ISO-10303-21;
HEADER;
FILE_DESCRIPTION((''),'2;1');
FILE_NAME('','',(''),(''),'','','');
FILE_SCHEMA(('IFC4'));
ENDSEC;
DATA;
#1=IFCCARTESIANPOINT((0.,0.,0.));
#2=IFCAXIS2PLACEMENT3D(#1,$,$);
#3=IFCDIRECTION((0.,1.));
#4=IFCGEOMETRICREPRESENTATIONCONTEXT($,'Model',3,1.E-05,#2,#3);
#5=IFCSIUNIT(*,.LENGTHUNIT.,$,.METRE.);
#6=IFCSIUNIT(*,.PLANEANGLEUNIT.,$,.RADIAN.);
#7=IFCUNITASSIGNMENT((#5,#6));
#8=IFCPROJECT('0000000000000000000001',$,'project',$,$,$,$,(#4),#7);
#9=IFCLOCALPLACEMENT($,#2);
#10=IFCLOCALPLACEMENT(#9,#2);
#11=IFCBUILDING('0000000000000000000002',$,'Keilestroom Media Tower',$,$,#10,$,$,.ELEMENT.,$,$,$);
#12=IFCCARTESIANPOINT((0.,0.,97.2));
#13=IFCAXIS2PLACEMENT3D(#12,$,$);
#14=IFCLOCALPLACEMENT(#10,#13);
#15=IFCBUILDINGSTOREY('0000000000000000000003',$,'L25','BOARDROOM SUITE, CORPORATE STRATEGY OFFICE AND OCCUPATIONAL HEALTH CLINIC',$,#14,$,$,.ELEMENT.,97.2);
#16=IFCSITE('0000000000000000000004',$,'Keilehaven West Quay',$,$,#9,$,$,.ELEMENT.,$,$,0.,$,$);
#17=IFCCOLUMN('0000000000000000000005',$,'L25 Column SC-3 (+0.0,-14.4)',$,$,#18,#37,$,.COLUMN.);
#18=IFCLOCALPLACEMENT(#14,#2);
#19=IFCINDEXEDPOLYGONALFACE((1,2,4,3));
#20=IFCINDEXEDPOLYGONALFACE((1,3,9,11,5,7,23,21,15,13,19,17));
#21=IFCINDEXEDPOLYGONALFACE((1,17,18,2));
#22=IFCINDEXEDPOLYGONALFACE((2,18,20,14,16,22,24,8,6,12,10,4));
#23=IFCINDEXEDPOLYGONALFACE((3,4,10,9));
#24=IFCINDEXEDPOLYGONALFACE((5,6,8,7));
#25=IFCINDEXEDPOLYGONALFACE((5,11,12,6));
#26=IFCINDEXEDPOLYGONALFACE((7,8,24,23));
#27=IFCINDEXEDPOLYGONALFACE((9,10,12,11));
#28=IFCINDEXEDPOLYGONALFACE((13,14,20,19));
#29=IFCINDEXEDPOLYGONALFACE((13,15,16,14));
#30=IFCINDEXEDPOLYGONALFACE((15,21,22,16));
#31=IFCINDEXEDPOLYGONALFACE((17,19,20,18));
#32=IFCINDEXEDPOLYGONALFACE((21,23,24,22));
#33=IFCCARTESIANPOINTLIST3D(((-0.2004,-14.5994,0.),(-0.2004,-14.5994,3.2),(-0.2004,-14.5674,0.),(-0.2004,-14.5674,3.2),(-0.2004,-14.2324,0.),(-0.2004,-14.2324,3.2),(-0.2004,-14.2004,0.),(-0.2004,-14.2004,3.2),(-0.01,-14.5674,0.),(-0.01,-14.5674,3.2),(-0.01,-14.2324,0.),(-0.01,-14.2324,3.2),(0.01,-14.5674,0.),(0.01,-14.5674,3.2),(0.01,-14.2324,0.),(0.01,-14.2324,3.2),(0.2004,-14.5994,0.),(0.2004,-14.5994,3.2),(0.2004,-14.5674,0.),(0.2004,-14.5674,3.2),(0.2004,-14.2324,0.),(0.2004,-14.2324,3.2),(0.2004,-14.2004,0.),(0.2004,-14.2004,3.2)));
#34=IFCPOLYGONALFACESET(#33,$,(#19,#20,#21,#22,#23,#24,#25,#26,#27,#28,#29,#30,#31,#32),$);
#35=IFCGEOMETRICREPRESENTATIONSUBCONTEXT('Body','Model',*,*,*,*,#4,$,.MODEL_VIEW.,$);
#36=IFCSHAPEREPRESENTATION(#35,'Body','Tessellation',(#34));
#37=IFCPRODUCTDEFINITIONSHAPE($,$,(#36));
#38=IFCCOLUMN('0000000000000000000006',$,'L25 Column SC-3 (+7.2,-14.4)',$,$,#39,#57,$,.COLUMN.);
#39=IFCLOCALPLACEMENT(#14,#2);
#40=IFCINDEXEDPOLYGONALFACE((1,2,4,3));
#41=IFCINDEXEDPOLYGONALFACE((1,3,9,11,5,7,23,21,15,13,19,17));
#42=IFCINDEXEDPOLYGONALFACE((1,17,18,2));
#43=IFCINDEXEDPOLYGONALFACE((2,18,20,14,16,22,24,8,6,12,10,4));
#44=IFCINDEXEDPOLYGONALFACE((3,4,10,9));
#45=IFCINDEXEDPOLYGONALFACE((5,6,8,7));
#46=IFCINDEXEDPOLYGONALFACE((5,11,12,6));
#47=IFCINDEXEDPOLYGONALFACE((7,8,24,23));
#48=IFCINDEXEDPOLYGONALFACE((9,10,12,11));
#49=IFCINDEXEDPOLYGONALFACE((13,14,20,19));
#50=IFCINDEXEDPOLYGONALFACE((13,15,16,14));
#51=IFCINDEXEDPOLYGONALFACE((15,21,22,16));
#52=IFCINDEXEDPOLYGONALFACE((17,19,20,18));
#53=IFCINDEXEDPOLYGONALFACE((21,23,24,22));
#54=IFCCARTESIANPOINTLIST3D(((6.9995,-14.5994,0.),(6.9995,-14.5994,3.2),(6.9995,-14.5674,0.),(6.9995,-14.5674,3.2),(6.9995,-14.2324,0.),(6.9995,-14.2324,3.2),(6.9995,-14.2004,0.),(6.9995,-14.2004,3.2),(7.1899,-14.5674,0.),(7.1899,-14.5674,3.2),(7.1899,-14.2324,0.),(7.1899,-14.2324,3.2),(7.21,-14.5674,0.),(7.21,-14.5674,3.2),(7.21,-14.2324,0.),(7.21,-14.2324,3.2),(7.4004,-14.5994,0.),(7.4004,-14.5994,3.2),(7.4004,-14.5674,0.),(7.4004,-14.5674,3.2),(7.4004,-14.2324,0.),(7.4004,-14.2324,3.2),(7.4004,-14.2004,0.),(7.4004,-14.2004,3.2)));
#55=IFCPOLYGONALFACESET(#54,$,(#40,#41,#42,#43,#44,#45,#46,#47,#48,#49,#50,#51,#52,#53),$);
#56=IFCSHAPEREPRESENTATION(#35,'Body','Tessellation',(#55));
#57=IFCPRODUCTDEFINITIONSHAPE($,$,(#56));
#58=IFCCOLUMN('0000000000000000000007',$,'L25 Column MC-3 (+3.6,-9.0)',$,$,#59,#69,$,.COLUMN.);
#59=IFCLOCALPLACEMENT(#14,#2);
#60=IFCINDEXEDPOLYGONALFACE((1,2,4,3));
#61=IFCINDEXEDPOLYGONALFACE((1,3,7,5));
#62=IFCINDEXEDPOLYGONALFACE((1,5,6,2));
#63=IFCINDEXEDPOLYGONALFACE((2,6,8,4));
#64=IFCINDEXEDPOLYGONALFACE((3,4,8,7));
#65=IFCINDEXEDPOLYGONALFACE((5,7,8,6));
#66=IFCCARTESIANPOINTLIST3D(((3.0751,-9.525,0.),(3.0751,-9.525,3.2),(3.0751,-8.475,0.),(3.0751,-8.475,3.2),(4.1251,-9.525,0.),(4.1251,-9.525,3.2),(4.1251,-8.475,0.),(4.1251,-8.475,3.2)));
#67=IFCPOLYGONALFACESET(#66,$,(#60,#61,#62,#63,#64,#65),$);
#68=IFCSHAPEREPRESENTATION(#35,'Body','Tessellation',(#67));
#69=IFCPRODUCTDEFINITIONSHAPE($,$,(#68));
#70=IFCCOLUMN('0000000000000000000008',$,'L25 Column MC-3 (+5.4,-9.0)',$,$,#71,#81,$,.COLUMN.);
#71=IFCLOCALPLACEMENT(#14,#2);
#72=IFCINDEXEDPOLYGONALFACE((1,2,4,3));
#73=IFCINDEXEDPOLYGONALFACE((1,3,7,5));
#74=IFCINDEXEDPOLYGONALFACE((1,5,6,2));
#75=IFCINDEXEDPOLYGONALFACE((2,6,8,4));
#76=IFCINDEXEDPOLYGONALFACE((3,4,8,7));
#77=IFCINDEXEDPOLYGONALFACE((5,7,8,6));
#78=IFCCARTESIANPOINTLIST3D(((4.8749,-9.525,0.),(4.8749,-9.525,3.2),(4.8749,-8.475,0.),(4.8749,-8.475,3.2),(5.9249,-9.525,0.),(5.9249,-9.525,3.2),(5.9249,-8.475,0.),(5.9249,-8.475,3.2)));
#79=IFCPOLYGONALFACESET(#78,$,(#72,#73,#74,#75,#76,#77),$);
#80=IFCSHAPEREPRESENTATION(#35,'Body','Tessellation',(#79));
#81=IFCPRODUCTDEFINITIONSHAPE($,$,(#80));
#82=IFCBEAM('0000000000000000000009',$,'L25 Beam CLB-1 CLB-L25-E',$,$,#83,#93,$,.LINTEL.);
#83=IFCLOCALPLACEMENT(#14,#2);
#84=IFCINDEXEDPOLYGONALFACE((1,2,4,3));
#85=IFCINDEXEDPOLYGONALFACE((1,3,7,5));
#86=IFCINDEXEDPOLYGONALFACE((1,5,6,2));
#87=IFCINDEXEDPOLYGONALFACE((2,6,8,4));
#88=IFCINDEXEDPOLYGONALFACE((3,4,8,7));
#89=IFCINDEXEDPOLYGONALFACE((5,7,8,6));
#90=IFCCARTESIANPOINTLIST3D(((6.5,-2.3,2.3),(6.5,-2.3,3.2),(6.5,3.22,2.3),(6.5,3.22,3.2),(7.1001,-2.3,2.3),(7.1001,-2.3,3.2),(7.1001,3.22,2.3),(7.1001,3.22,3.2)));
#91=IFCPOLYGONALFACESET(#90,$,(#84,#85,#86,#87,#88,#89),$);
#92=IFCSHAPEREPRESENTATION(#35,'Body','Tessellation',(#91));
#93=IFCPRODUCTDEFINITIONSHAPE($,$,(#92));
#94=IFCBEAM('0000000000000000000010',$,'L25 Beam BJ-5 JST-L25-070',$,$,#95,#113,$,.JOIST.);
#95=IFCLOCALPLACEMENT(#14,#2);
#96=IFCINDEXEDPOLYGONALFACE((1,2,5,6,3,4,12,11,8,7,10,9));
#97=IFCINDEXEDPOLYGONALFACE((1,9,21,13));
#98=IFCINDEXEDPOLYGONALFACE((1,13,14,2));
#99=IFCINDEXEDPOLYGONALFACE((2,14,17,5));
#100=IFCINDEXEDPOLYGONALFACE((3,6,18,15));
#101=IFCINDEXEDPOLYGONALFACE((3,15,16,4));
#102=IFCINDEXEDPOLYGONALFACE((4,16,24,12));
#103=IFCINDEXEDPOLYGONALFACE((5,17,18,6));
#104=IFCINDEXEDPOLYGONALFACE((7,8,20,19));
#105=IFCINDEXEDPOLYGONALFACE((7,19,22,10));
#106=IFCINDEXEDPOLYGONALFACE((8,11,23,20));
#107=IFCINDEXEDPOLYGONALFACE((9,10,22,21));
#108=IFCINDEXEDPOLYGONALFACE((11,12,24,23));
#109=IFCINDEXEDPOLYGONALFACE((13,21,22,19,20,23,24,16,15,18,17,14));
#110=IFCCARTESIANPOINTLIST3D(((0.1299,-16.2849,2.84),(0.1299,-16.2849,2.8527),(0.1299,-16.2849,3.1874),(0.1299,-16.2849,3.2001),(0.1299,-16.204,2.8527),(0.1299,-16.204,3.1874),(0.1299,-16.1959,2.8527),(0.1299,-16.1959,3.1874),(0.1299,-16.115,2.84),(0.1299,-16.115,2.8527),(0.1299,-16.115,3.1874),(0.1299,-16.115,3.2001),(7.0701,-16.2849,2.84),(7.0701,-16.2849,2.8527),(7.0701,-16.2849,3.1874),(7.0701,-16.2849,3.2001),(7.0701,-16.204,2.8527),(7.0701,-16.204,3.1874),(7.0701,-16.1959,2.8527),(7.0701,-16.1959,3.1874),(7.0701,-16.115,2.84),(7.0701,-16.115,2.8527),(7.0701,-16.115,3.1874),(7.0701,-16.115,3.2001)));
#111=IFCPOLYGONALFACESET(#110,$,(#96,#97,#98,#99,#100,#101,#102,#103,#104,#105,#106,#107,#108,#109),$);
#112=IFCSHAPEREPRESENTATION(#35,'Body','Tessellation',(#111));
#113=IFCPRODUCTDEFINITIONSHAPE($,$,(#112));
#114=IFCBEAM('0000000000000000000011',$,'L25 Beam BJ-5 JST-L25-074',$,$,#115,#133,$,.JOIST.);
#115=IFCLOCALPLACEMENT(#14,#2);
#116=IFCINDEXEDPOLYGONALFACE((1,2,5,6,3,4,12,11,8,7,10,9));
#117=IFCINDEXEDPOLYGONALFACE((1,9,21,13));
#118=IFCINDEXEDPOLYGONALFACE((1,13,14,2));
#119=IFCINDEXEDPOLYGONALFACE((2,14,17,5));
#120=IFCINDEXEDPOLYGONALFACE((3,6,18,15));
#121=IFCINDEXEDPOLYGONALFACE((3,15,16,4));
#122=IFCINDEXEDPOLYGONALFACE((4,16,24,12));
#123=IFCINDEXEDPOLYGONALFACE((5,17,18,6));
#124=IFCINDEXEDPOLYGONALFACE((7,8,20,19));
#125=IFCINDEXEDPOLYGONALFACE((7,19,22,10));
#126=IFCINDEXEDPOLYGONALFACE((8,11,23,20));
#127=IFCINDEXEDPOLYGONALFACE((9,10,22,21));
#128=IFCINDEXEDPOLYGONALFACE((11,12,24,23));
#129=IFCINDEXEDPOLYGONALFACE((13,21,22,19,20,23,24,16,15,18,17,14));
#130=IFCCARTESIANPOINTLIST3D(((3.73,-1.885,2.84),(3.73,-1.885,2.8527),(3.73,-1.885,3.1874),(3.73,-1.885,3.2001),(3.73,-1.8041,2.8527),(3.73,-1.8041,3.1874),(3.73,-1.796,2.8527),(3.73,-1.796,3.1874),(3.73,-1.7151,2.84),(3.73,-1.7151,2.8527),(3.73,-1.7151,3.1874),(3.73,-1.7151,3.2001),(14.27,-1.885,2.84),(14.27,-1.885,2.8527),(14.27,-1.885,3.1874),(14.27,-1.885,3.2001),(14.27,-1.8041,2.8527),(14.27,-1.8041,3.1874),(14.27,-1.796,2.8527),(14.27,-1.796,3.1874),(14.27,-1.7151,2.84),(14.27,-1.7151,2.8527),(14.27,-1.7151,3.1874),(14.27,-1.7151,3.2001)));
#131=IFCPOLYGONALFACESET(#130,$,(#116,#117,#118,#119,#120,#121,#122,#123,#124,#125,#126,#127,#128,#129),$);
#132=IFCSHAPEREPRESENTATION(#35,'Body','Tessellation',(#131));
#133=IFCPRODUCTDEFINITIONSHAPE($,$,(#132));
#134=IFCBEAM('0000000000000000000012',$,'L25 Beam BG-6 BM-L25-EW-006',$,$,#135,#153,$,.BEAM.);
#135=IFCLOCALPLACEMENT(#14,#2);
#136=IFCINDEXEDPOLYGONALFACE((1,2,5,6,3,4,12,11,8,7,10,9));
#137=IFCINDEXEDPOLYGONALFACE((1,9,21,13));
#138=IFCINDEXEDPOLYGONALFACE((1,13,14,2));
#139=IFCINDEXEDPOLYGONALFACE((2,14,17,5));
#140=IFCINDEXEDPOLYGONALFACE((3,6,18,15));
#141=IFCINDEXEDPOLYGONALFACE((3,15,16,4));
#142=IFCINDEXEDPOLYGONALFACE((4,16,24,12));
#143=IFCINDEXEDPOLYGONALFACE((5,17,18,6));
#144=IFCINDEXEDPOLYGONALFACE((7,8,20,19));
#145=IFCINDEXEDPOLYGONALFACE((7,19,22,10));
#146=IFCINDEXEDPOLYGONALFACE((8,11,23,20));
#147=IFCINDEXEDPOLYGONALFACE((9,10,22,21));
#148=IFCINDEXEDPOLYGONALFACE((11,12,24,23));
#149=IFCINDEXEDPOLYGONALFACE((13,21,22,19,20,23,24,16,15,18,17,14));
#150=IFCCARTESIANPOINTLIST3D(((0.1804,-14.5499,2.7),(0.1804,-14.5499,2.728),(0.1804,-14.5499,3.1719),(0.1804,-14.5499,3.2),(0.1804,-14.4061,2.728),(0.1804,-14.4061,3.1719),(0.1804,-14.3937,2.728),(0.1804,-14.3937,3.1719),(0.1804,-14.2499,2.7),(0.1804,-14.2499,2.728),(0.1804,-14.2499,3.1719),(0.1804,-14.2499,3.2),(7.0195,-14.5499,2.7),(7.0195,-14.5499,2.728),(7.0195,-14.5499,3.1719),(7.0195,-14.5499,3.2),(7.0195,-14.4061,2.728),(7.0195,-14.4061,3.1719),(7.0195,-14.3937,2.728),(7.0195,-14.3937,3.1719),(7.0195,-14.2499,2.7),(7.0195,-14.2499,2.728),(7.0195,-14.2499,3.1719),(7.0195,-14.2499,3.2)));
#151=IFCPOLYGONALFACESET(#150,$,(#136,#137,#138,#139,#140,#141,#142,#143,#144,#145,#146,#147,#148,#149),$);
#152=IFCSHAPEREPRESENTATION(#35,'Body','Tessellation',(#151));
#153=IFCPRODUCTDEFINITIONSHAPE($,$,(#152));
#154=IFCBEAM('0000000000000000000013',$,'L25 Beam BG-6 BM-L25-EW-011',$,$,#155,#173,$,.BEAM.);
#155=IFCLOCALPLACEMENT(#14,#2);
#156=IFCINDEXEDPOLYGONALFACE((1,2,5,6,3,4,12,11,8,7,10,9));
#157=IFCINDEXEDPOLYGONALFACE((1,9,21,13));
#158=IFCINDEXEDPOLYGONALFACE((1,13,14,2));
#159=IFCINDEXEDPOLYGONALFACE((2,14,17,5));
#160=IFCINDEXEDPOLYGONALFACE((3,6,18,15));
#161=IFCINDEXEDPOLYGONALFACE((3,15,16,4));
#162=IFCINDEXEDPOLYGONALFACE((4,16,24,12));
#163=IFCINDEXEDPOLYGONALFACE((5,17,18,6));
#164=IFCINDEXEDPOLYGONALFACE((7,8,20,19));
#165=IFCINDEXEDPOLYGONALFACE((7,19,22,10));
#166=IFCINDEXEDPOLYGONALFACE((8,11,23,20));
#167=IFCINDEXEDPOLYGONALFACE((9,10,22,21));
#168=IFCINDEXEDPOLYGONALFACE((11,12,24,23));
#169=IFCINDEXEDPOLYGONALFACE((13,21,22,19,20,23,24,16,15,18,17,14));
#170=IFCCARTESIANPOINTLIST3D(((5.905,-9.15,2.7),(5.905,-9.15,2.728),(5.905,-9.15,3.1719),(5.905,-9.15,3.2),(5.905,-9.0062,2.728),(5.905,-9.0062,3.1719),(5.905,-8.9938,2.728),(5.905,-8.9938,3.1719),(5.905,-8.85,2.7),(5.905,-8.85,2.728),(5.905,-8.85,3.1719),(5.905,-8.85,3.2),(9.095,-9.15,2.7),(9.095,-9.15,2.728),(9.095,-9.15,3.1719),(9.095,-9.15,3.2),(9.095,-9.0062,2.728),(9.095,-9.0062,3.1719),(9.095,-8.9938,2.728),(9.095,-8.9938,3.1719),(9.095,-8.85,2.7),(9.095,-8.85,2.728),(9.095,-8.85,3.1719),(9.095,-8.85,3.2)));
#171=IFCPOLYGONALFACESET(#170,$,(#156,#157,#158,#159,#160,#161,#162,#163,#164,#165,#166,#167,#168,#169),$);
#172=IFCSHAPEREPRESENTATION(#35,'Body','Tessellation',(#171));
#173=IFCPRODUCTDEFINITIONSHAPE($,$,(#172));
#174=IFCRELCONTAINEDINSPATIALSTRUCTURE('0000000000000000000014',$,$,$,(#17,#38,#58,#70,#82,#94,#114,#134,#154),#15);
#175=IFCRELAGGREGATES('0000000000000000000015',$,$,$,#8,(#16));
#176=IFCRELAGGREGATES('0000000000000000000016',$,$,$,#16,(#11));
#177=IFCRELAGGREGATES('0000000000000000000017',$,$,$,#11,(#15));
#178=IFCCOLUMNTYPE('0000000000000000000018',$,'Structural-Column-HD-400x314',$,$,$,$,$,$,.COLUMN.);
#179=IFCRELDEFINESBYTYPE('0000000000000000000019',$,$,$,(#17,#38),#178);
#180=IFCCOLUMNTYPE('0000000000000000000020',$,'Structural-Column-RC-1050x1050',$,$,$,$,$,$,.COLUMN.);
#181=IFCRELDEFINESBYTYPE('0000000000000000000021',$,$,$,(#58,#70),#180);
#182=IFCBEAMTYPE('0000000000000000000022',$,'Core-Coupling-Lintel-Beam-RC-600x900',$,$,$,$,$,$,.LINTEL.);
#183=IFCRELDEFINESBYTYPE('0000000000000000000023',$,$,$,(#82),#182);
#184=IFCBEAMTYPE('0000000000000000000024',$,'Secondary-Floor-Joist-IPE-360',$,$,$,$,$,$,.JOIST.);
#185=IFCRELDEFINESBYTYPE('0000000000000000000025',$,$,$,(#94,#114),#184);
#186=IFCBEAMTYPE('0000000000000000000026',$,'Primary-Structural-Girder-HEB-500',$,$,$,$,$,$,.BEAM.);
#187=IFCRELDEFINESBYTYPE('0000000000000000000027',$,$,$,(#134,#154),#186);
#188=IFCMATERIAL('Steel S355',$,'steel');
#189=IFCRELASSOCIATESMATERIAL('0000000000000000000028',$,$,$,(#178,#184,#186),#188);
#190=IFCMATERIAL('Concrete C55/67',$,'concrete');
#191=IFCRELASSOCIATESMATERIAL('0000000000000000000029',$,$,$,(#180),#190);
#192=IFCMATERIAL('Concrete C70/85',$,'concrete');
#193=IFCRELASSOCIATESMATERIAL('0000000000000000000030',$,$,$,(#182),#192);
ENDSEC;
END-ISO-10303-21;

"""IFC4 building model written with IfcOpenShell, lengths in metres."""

from ifc_helpers import new_model, si_unit, direction, frame, origin, origin_2d, place, context, subcontext, project, spatial, rectangle, i_section, extrude, source, transform, mapped, material, material_profile, profile_set, type_object, element, save


model = new_model("IFC4")

# Units and contexts
model_context = context("Model", 3, precision=1e-05, world=origin(), true_north=direction((0.0, 1.0)))
body_context = subcontext(model_context, "Body", "Model", "MODEL_VIEW")
ifc_project = project(units=[si_unit("LENGTHUNIT", "METRE"), si_unit("PLANEANGLEUNIT", "RADIAN")], contexts=[model_context])

# Site, building, storey
site_placement = place(None, origin())
site = spatial("IfcSite", under=ifc_project, at=site_placement, Name="Keilehaven West Quay", CompositionType="ELEMENT", RefElevation=0.0)
building_placement = place(site_placement, origin())
building = spatial("IfcBuilding", under=site, at=building_placement, Name="Keilestroom Media Tower", CompositionType="ELEMENT")
storey_placement = place(building_placement, frame((0.0, 0.0, 97.2)))
storey = spatial("IfcBuildingStorey", under=building, at=storey_placement, Name="L25", Description="BOARDROOM SUITE, CORPORATE STRATEGY OFFICE AND OCCUPATIONAL HEALTH CLINIC", CompositionType="ELEMENT", Elevation=97.2)

# Columns
ifc_material_1 = material(Name="Steel S355", Category="steel")
ifc_material_profile_1 = material_profile(ifc_material_1, i_section(OverallWidth=0.4009, OverallDepth=0.3989, WebThickness=0.02, FlangeThickness=0.032, at=origin_2d()), Name="HD 400x314")
ifc_profile_set_1 = profile_set([ifc_material_profile_1], Name="Steel S355")
column_type_1 = type_object("IfcColumnType", Name="Structural-Column-HD-400x314", PredefinedType="COLUMN", material=ifc_profile_set_1)
shared_shape_1 = source(origin(), body_context, "Body", "SweptSolid", [
    extrude(i_section(OverallWidth=0.4009, OverallDepth=0.3989, WebThickness=0.02, FlangeThickness=0.032, at=origin_2d()), origin(), (0.0, 0.0, 1.0), 3.2),
])
for number, where, z_axis, x_axis, name in (
    (1, (0.0, -14.3999, 0.0), (0.0, 0.0, 1.0), (1.0, 0.0, 0.0), "L25 Column SC-3 (+0.0,-14.4)"),
    (2, (7.2, -14.3999, 0.0), (0.0, 0.0, 1.0), (1.0, 0.0, 0.0), "L25 Column SC-3 (+7.2,-14.4)"),
):
    element("IfcColumn", number, at=place(storey_placement, frame(where, z_axis=z_axis, x_axis=x_axis)), inside=storey, type_object=column_type_1, Name=name, PredefinedType="COLUMN", context=body_context, shape_type="MappedRepresentation", body=[
        mapped(shared_shape_1, transform((0.0, 0.0, 0.0), x_axis=(1.0, 0.0, 0.0), y_axis=(0.0, 1.0, 0.0), z_axis=(0.0, 0.0, 1.0), scale=1.0)),
    ])
ifc_material_2 = material(Name="Concrete C55/67", Category="concrete")
ifc_material_profile_2 = material_profile(ifc_material_2, rectangle(XDim=1.05, YDim=1.05, at=origin_2d()), Name="RC 1050x1050")
ifc_profile_set_2 = profile_set([ifc_material_profile_2], Name="Concrete C55/67")
column_type_2 = type_object("IfcColumnType", Name="Structural-Column-RC-1050x1050", PredefinedType="COLUMN", material=ifc_profile_set_2)
shared_shape_2 = source(origin(), body_context, "Body", "SweptSolid", [
    extrude(rectangle(XDim=1.05, YDim=1.05, at=origin_2d()), origin(), (0.0, 0.0, 1.0), 3.2),
])
for number, where, z_axis, x_axis, name in (
    (3, (3.6001, -9.0, 0.0), (0.0, 0.0, 1.0), (1.0, 0.0, 0.0), "L25 Column MC-3 (+3.6,-9.0)"),
    (4, (5.3999, -9.0, 0.0), (0.0, 0.0, 1.0), (1.0, 0.0, 0.0), "L25 Column MC-3 (+5.4,-9.0)"),
):
    element("IfcColumn", number, at=place(storey_placement, frame(where, z_axis=z_axis, x_axis=x_axis)), inside=storey, type_object=column_type_2, Name=name, PredefinedType="COLUMN", context=body_context, shape_type="MappedRepresentation", body=[
        mapped(shared_shape_2, transform((0.0, 0.0, 0.0), x_axis=(1.0, 0.0, 0.0), y_axis=(0.0, 1.0, 0.0), z_axis=(0.0, 0.0, 1.0), scale=1.0)),
    ])

# Beams
ifc_material_3 = material(Name="Concrete C70/85", Category="concrete")
ifc_material_profile_3 = material_profile(ifc_material_3, rectangle(XDim=0.6001, YDim=0.8999, at=origin_2d()), Name="RC 600x900")
ifc_profile_set_3 = profile_set([ifc_material_profile_3], Name="Concrete C70/85")
beam_type_1 = type_object("IfcBeamType", Name="Core-Coupling-Lintel-Beam-RC-600x900", PredefinedType="LINTEL", material=ifc_profile_set_3)
shared_shape_3 = source(origin(), body_context, "Body", "SweptSolid", [
    extrude(rectangle(XDim=0.6001, YDim=0.8999, at=origin_2d()), origin(), (0.0, 0.0, 1.0), 5.52),
])
beam_1_placement = place(storey_placement, frame((6.8, -2.3, 2.75), z_axis=(0.0, 1.0, 0.0), x_axis=(-1.0, 0.0, 0.0)))
element("IfcBeam", 5, at=beam_1_placement, inside=storey, type_object=beam_type_1, Name="L25 Beam CLB-1 CLB-L25-E", PredefinedType="LINTEL", context=body_context, shape_type="MappedRepresentation", body=[
    mapped(shared_shape_3, transform((0.0, 0.0, 0.0), x_axis=(1.0, 0.0, 0.0), y_axis=(0.0, 1.0, 0.0), z_axis=(0.0, 0.0, 1.0), scale=1.0)),
])
ifc_material_profile_4 = material_profile(ifc_material_1, i_section(OverallWidth=0.1699, OverallDepth=0.3601, WebThickness=0.0081, FlangeThickness=0.0127, at=origin_2d()), Name="IPE 360")
ifc_profile_set_4 = profile_set([ifc_material_profile_4], Name="Steel S355")
beam_type_2 = type_object("IfcBeamType", Name="Secondary-Floor-Joist-IPE-360", PredefinedType="JOIST", material=ifc_profile_set_4)
shared_shape_4 = source(origin(), body_context, "Body", "SweptSolid", [
    extrude(i_section(OverallWidth=0.1699, OverallDepth=0.3601, WebThickness=0.0081, FlangeThickness=0.0127, at=origin_2d()), origin(), (0.0, 0.0, 1.0), 6.9402),
])
beam_2_placement = place(storey_placement, frame((0.1299, -16.2, 3.02), z_axis=(1.0, 0.0, 0.0), x_axis=(0.0, 1.0, 0.0)))
element("IfcBeam", 6, at=beam_2_placement, inside=storey, type_object=beam_type_2, Name="L25 Beam BJ-5 JST-L25-070", PredefinedType="JOIST", context=body_context, shape_type="MappedRepresentation", body=[
    mapped(shared_shape_4, transform((0.0, 0.0, 0.0), x_axis=(1.0, 0.0, 0.0), y_axis=(0.0, 1.0, 0.0), z_axis=(0.0, 0.0, 1.0), scale=1.0)),
])
shared_shape_5 = source(origin(), body_context, "Body", "SweptSolid", [
    extrude(i_section(OverallWidth=0.1699, OverallDepth=0.3601, WebThickness=0.0081, FlangeThickness=0.0127, at=origin_2d()), origin(), (0.0, 0.0, 1.0), 10.54),
])
beam_3_placement = place(storey_placement, frame((3.73, -1.8, 3.02), z_axis=(1.0, 0.0, 0.0), x_axis=(0.0, 1.0, 0.0)))
element("IfcBeam", 7, at=beam_3_placement, inside=storey, type_object=beam_type_2, Name="L25 Beam BJ-5 JST-L25-074", PredefinedType="JOIST", context=body_context, shape_type="MappedRepresentation", body=[
    mapped(shared_shape_5, transform((0.0, 0.0, 0.0), x_axis=(1.0, 0.0, 0.0), y_axis=(0.0, 1.0, 0.0), z_axis=(0.0, 0.0, 1.0), scale=1.0)),
])
ifc_material_profile_5 = material_profile(ifc_material_1, i_section(OverallWidth=0.3, OverallDepth=0.5, WebThickness=0.0125, FlangeThickness=0.0281, at=origin_2d()), Name="HEB 500")
ifc_profile_set_5 = profile_set([ifc_material_profile_5], Name="Steel S355")
beam_type_3 = type_object("IfcBeamType", Name="Primary-Structural-Girder-HEB-500", PredefinedType="BEAM", material=ifc_profile_set_5)
shared_shape_6 = source(origin(), body_context, "Body", "SweptSolid", [
    extrude(i_section(OverallWidth=0.3, OverallDepth=0.5, WebThickness=0.0125, FlangeThickness=0.0281, at=origin_2d()), origin(), (0.0, 0.0, 1.0), 6.8391),
])
beam_4_placement = place(storey_placement, frame((0.1804, -14.3999, 2.95), z_axis=(1.0, 0.0, 0.0), x_axis=(0.0, 1.0, 0.0)))
element("IfcBeam", 8, at=beam_4_placement, inside=storey, type_object=beam_type_3, Name="L25 Beam BG-6 BM-L25-EW-006", PredefinedType="BEAM", context=body_context, shape_type="MappedRepresentation", body=[
    mapped(shared_shape_6, transform((0.0, 0.0, 0.0), x_axis=(1.0, 0.0, 0.0), y_axis=(0.0, 1.0, 0.0), z_axis=(0.0, 0.0, 1.0), scale=1.0)),
])
shared_shape_7 = source(origin(), body_context, "Body", "SweptSolid", [
    extrude(i_section(OverallWidth=0.3, OverallDepth=0.5, WebThickness=0.0125, FlangeThickness=0.0281, at=origin_2d()), origin(), (0.0, 0.0, 1.0), 3.1899),
])
beam_5_placement = place(storey_placement, frame((5.905, -9.0, 2.95), z_axis=(1.0, 0.0, 0.0), x_axis=(0.0, 1.0, 0.0)))
element("IfcBeam", 9, at=beam_5_placement, inside=storey, type_object=beam_type_3, Name="L25 Beam BG-6 BM-L25-EW-011", PredefinedType="BEAM", context=body_context, shape_type="MappedRepresentation", body=[
    mapped(shared_shape_7, transform((0.0, 0.0, 0.0), x_axis=(1.0, 0.0, 0.0), y_axis=(0.0, 1.0, 0.0), z_axis=(0.0, 0.0, 1.0), scale=1.0)),
])

save(model, "model.ifc")
